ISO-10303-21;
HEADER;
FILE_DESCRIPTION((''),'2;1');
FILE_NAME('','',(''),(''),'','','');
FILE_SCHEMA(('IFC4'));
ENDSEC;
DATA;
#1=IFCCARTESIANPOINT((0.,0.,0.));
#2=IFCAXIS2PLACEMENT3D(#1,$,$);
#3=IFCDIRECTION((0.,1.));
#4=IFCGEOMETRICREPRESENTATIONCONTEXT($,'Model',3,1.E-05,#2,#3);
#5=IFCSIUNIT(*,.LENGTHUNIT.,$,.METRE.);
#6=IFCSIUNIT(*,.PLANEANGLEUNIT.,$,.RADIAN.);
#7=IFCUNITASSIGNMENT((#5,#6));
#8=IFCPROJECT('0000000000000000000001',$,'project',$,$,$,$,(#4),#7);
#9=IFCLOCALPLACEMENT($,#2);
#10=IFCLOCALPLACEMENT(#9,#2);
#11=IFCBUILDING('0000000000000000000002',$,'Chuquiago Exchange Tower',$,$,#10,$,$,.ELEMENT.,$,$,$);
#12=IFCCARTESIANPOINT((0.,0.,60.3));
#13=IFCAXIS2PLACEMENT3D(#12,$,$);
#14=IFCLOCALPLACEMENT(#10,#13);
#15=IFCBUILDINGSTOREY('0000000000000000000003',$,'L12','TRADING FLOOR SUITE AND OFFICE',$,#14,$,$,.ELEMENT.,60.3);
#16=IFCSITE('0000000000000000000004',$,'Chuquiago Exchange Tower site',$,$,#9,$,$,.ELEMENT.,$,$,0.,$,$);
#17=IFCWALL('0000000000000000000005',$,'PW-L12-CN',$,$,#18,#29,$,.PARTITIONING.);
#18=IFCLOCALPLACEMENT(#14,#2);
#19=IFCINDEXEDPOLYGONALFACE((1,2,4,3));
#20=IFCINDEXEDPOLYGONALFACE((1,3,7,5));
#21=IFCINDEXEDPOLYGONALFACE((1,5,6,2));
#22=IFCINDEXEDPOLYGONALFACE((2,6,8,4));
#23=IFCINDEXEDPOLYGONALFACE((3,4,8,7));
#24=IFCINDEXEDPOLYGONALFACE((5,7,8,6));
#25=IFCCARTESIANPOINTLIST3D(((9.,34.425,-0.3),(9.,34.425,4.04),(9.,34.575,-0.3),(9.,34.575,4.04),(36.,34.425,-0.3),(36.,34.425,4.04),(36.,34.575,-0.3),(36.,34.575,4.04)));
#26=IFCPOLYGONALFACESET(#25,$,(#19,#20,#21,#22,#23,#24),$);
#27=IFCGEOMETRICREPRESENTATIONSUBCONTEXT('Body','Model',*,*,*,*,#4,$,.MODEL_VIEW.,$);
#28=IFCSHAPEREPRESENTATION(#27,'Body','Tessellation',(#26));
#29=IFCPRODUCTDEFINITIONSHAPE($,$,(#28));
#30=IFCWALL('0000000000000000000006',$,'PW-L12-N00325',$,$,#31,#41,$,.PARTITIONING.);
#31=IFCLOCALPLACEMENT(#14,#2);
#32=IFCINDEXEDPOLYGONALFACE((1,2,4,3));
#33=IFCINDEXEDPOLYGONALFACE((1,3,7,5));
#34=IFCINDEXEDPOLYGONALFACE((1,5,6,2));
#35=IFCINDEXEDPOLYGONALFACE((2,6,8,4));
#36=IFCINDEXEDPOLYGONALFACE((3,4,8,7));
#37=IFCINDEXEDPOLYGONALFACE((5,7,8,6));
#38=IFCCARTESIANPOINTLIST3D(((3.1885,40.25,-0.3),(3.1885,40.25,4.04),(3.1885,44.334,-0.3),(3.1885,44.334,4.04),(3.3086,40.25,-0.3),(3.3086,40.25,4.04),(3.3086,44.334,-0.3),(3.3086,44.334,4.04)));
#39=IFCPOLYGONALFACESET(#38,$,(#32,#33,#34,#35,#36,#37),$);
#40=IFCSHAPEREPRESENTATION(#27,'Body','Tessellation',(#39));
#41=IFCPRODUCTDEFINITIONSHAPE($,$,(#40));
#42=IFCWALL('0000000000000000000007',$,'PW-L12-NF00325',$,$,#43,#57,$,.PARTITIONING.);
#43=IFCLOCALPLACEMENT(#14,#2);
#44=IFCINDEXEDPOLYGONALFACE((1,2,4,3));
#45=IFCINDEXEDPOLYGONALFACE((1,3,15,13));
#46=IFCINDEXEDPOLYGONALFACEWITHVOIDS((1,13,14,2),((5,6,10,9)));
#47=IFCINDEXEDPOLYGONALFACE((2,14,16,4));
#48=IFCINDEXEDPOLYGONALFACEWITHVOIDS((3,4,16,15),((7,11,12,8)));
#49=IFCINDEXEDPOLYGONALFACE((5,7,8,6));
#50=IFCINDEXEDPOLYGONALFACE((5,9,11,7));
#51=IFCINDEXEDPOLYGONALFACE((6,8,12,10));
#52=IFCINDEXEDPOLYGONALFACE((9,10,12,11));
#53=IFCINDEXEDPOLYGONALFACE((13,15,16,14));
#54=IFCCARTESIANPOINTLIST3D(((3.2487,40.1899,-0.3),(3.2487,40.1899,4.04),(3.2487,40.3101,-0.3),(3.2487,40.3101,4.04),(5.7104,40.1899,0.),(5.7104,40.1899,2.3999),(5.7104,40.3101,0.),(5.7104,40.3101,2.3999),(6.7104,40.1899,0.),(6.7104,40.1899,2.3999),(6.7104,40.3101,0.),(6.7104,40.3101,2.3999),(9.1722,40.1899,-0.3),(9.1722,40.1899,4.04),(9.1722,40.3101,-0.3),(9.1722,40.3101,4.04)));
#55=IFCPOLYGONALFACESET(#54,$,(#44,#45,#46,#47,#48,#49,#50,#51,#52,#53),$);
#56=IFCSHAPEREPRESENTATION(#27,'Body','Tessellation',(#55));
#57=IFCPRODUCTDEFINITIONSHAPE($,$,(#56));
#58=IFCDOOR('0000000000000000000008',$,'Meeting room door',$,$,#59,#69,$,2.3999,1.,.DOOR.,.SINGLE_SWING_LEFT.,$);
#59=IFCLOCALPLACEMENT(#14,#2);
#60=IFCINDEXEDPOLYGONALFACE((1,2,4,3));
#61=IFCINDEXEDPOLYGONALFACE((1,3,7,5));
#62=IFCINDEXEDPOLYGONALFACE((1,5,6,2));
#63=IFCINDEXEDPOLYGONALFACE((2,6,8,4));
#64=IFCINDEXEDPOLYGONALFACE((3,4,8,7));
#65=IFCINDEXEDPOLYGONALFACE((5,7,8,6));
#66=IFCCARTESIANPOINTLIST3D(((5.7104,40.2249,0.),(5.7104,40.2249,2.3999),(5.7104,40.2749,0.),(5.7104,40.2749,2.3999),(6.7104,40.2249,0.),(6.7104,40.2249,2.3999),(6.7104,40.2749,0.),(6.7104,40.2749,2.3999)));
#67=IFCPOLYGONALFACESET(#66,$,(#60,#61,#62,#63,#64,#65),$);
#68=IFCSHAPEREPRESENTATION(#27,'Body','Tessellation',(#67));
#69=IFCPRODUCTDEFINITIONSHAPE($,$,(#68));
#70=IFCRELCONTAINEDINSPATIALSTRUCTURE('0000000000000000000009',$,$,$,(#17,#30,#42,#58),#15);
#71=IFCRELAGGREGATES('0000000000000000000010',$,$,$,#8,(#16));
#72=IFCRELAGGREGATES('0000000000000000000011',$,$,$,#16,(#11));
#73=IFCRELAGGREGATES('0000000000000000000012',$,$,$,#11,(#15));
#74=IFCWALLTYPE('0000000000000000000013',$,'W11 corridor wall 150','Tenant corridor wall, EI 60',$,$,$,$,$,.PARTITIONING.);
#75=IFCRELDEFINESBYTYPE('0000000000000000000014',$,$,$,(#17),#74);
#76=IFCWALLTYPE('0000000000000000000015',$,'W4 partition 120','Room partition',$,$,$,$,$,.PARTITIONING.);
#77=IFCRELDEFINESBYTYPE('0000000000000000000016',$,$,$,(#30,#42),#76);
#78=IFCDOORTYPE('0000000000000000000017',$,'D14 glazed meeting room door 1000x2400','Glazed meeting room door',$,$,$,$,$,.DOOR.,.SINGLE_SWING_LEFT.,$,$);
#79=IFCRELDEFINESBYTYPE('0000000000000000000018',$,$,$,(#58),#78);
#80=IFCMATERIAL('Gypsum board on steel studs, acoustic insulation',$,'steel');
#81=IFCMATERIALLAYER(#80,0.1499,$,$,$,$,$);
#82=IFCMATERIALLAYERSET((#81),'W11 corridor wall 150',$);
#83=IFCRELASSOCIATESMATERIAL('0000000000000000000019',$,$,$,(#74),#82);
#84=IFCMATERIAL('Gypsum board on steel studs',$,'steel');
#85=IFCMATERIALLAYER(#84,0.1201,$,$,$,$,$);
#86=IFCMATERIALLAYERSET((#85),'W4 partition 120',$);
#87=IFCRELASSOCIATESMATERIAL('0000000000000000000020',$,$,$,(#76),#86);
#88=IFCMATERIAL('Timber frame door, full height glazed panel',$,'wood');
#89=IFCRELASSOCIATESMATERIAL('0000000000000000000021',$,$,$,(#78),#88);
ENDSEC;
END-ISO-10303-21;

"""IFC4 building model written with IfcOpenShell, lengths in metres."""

from ifc_helpers import new_model, si_unit, direction, frame, frame_2d, origin, place, context, subcontext, project, spatial, rectangle, extrude, material, layer, layer_set, type_object, element, fill, save


model = new_model("IFC4")

# Units and contexts
model_context = context("Model", 3, precision=1e-05, world=origin(), true_north=direction((0.0, 1.0)))
body_context = subcontext(model_context, "Body", "Model", "MODEL_VIEW")
ifc_project = project(units=[si_unit("LENGTHUNIT", "METRE"), si_unit("PLANEANGLEUNIT", "RADIAN")], contexts=[model_context])

# Site, building, storey
site_placement = place(None, origin())
site = spatial("IfcSite", under=ifc_project, at=site_placement, Name="Chuquiago Exchange Tower site", CompositionType="ELEMENT", RefElevation=0.0)
building_placement = place(site_placement, origin())
building = spatial("IfcBuilding", under=site, at=building_placement, Name="Chuquiago Exchange Tower", CompositionType="ELEMENT")
storey_placement = place(building_placement, frame((0.0, 0.0, 60.3)))
storey = spatial("IfcBuildingStorey", under=building, at=storey_placement, Name="L12", Description="TRADING FLOOR SUITE AND OFFICE", CompositionType="ELEMENT", Elevation=60.3)

# Walls
ifc_material_1 = material(Name="Gypsum board on steel studs, acoustic insulation", Category="steel")
ifc_layer_1 = layer(ifc_material_1, 0.1499)
ifc_layer_set_1 = layer_set([ifc_layer_1], Name="W11 corridor wall 150")
wall_type_1 = type_object("IfcWallType", Name="W11 corridor wall 150", Description="Tenant corridor wall, EI 60", PredefinedType="PARTITIONING", material=ifc_layer_set_1)
wall_1_placement = place(storey_placement, frame((9.0, 34.5, -0.3), z_axis=(0.0, 0.0, 1.0), x_axis=(1.0, 0.0, 0.0)))
element("IfcWall", 1, at=wall_1_placement, inside=storey, type_object=wall_type_1, Name="PW-L12-CN", PredefinedType="PARTITIONING", context=body_context, shape_type="SweptSolid", body=[
    extrude(rectangle(XDim=27.0, YDim=0.1499, at=frame_2d((13.5, 0.0))), origin(), (0.0, 0.0, 1.0), 4.3401),
])
ifc_material_2 = material(Name="Gypsum board on steel studs", Category="steel")
ifc_layer_2 = layer(ifc_material_2, 0.1201)
ifc_layer_set_2 = layer_set([ifc_layer_2], Name="W4 partition 120")
wall_type_2 = type_object("IfcWallType", Name="W4 partition 120", Description="Room partition", PredefinedType="PARTITIONING", material=ifc_layer_set_2)
wall_2_placement = place(storey_placement, frame((3.2485, 44.334, -0.3), z_axis=(0.0, 0.0, 1.0), x_axis=(0.0, -1.0, 0.0)))
element("IfcWall", 2, at=wall_2_placement, inside=storey, type_object=wall_type_2, Name="PW-L12-N00325", PredefinedType="PARTITIONING", context=body_context, shape_type="SweptSolid", body=[
    extrude(rectangle(XDim=4.084, YDim=0.1201, at=frame_2d((2.042, 0.0))), origin(), (0.0, 0.0, 1.0), 4.3401),
])

# Wall, opening, door
wall_3_placement = place(storey_placement, frame((3.2485, 40.25, -0.3), z_axis=(0.0, 0.0, 1.0), x_axis=(1.0, 0.0, 0.0)))
wall_3 = element("IfcWall", 3, at=wall_3_placement, inside=storey, type_object=wall_type_2, Name="PW-L12-NF00325", PredefinedType="PARTITIONING", context=body_context, shape_type="SweptSolid", body=[
    extrude(rectangle(XDim=5.9236, YDim=0.1201, at=frame_2d((2.9619, 0.0))), origin(), (0.0, 0.0, 1.0), 4.3401),
])
opening_placement = place(wall_3_placement, frame((2.4619, 0.0, 0.3)))
opening = element("IfcOpeningElement", 4, at=opening_placement, cuts=wall_3, PredefinedType="OPENING", context=body_context, shape_type="SweptSolid", body=[
    extrude(rectangle(XDim=1.0, YDim=2.3999, at=frame_2d((0.5, 1.2))), frame((0.0, 0.0701, 0.0), z_axis=(0.0, -1.0, 0.0), x_axis=(1.0, 0.0, 0.0)), (0.0, 0.0, 1.0), 0.1401),
])
ifc_material_3 = material(Name="Timber frame door, full height glazed panel", Category="wood")
door_type = type_object("IfcDoorType", Name="D14 glazed meeting room door 1000x2400", Description="Glazed meeting room door", OperationType="SINGLE_SWING_LEFT", PredefinedType="DOOR", material=ifc_material_3)
door_placement = place(opening_placement, origin())
door = element("IfcDoor", 5, at=door_placement, inside=storey, type_object=door_type, Name="Meeting room door", OperationType="SINGLE_SWING_LEFT", OverallHeight=2.3999, OverallWidth=1.0, PredefinedType="DOOR", context=body_context, shape_type="SweptSolid", body=[
    extrude(rectangle(XDim=1.0, YDim=2.3999, at=frame_2d((0.5, 1.2))), frame((0.0, 0.0249, 0.0), z_axis=(0.0, -1.0, 0.0), x_axis=(1.0, 0.0, 0.0)), (0.0, 0.0, 1.0), 0.05),
])
fill(opening, door)

save(model, "model.ifc")
